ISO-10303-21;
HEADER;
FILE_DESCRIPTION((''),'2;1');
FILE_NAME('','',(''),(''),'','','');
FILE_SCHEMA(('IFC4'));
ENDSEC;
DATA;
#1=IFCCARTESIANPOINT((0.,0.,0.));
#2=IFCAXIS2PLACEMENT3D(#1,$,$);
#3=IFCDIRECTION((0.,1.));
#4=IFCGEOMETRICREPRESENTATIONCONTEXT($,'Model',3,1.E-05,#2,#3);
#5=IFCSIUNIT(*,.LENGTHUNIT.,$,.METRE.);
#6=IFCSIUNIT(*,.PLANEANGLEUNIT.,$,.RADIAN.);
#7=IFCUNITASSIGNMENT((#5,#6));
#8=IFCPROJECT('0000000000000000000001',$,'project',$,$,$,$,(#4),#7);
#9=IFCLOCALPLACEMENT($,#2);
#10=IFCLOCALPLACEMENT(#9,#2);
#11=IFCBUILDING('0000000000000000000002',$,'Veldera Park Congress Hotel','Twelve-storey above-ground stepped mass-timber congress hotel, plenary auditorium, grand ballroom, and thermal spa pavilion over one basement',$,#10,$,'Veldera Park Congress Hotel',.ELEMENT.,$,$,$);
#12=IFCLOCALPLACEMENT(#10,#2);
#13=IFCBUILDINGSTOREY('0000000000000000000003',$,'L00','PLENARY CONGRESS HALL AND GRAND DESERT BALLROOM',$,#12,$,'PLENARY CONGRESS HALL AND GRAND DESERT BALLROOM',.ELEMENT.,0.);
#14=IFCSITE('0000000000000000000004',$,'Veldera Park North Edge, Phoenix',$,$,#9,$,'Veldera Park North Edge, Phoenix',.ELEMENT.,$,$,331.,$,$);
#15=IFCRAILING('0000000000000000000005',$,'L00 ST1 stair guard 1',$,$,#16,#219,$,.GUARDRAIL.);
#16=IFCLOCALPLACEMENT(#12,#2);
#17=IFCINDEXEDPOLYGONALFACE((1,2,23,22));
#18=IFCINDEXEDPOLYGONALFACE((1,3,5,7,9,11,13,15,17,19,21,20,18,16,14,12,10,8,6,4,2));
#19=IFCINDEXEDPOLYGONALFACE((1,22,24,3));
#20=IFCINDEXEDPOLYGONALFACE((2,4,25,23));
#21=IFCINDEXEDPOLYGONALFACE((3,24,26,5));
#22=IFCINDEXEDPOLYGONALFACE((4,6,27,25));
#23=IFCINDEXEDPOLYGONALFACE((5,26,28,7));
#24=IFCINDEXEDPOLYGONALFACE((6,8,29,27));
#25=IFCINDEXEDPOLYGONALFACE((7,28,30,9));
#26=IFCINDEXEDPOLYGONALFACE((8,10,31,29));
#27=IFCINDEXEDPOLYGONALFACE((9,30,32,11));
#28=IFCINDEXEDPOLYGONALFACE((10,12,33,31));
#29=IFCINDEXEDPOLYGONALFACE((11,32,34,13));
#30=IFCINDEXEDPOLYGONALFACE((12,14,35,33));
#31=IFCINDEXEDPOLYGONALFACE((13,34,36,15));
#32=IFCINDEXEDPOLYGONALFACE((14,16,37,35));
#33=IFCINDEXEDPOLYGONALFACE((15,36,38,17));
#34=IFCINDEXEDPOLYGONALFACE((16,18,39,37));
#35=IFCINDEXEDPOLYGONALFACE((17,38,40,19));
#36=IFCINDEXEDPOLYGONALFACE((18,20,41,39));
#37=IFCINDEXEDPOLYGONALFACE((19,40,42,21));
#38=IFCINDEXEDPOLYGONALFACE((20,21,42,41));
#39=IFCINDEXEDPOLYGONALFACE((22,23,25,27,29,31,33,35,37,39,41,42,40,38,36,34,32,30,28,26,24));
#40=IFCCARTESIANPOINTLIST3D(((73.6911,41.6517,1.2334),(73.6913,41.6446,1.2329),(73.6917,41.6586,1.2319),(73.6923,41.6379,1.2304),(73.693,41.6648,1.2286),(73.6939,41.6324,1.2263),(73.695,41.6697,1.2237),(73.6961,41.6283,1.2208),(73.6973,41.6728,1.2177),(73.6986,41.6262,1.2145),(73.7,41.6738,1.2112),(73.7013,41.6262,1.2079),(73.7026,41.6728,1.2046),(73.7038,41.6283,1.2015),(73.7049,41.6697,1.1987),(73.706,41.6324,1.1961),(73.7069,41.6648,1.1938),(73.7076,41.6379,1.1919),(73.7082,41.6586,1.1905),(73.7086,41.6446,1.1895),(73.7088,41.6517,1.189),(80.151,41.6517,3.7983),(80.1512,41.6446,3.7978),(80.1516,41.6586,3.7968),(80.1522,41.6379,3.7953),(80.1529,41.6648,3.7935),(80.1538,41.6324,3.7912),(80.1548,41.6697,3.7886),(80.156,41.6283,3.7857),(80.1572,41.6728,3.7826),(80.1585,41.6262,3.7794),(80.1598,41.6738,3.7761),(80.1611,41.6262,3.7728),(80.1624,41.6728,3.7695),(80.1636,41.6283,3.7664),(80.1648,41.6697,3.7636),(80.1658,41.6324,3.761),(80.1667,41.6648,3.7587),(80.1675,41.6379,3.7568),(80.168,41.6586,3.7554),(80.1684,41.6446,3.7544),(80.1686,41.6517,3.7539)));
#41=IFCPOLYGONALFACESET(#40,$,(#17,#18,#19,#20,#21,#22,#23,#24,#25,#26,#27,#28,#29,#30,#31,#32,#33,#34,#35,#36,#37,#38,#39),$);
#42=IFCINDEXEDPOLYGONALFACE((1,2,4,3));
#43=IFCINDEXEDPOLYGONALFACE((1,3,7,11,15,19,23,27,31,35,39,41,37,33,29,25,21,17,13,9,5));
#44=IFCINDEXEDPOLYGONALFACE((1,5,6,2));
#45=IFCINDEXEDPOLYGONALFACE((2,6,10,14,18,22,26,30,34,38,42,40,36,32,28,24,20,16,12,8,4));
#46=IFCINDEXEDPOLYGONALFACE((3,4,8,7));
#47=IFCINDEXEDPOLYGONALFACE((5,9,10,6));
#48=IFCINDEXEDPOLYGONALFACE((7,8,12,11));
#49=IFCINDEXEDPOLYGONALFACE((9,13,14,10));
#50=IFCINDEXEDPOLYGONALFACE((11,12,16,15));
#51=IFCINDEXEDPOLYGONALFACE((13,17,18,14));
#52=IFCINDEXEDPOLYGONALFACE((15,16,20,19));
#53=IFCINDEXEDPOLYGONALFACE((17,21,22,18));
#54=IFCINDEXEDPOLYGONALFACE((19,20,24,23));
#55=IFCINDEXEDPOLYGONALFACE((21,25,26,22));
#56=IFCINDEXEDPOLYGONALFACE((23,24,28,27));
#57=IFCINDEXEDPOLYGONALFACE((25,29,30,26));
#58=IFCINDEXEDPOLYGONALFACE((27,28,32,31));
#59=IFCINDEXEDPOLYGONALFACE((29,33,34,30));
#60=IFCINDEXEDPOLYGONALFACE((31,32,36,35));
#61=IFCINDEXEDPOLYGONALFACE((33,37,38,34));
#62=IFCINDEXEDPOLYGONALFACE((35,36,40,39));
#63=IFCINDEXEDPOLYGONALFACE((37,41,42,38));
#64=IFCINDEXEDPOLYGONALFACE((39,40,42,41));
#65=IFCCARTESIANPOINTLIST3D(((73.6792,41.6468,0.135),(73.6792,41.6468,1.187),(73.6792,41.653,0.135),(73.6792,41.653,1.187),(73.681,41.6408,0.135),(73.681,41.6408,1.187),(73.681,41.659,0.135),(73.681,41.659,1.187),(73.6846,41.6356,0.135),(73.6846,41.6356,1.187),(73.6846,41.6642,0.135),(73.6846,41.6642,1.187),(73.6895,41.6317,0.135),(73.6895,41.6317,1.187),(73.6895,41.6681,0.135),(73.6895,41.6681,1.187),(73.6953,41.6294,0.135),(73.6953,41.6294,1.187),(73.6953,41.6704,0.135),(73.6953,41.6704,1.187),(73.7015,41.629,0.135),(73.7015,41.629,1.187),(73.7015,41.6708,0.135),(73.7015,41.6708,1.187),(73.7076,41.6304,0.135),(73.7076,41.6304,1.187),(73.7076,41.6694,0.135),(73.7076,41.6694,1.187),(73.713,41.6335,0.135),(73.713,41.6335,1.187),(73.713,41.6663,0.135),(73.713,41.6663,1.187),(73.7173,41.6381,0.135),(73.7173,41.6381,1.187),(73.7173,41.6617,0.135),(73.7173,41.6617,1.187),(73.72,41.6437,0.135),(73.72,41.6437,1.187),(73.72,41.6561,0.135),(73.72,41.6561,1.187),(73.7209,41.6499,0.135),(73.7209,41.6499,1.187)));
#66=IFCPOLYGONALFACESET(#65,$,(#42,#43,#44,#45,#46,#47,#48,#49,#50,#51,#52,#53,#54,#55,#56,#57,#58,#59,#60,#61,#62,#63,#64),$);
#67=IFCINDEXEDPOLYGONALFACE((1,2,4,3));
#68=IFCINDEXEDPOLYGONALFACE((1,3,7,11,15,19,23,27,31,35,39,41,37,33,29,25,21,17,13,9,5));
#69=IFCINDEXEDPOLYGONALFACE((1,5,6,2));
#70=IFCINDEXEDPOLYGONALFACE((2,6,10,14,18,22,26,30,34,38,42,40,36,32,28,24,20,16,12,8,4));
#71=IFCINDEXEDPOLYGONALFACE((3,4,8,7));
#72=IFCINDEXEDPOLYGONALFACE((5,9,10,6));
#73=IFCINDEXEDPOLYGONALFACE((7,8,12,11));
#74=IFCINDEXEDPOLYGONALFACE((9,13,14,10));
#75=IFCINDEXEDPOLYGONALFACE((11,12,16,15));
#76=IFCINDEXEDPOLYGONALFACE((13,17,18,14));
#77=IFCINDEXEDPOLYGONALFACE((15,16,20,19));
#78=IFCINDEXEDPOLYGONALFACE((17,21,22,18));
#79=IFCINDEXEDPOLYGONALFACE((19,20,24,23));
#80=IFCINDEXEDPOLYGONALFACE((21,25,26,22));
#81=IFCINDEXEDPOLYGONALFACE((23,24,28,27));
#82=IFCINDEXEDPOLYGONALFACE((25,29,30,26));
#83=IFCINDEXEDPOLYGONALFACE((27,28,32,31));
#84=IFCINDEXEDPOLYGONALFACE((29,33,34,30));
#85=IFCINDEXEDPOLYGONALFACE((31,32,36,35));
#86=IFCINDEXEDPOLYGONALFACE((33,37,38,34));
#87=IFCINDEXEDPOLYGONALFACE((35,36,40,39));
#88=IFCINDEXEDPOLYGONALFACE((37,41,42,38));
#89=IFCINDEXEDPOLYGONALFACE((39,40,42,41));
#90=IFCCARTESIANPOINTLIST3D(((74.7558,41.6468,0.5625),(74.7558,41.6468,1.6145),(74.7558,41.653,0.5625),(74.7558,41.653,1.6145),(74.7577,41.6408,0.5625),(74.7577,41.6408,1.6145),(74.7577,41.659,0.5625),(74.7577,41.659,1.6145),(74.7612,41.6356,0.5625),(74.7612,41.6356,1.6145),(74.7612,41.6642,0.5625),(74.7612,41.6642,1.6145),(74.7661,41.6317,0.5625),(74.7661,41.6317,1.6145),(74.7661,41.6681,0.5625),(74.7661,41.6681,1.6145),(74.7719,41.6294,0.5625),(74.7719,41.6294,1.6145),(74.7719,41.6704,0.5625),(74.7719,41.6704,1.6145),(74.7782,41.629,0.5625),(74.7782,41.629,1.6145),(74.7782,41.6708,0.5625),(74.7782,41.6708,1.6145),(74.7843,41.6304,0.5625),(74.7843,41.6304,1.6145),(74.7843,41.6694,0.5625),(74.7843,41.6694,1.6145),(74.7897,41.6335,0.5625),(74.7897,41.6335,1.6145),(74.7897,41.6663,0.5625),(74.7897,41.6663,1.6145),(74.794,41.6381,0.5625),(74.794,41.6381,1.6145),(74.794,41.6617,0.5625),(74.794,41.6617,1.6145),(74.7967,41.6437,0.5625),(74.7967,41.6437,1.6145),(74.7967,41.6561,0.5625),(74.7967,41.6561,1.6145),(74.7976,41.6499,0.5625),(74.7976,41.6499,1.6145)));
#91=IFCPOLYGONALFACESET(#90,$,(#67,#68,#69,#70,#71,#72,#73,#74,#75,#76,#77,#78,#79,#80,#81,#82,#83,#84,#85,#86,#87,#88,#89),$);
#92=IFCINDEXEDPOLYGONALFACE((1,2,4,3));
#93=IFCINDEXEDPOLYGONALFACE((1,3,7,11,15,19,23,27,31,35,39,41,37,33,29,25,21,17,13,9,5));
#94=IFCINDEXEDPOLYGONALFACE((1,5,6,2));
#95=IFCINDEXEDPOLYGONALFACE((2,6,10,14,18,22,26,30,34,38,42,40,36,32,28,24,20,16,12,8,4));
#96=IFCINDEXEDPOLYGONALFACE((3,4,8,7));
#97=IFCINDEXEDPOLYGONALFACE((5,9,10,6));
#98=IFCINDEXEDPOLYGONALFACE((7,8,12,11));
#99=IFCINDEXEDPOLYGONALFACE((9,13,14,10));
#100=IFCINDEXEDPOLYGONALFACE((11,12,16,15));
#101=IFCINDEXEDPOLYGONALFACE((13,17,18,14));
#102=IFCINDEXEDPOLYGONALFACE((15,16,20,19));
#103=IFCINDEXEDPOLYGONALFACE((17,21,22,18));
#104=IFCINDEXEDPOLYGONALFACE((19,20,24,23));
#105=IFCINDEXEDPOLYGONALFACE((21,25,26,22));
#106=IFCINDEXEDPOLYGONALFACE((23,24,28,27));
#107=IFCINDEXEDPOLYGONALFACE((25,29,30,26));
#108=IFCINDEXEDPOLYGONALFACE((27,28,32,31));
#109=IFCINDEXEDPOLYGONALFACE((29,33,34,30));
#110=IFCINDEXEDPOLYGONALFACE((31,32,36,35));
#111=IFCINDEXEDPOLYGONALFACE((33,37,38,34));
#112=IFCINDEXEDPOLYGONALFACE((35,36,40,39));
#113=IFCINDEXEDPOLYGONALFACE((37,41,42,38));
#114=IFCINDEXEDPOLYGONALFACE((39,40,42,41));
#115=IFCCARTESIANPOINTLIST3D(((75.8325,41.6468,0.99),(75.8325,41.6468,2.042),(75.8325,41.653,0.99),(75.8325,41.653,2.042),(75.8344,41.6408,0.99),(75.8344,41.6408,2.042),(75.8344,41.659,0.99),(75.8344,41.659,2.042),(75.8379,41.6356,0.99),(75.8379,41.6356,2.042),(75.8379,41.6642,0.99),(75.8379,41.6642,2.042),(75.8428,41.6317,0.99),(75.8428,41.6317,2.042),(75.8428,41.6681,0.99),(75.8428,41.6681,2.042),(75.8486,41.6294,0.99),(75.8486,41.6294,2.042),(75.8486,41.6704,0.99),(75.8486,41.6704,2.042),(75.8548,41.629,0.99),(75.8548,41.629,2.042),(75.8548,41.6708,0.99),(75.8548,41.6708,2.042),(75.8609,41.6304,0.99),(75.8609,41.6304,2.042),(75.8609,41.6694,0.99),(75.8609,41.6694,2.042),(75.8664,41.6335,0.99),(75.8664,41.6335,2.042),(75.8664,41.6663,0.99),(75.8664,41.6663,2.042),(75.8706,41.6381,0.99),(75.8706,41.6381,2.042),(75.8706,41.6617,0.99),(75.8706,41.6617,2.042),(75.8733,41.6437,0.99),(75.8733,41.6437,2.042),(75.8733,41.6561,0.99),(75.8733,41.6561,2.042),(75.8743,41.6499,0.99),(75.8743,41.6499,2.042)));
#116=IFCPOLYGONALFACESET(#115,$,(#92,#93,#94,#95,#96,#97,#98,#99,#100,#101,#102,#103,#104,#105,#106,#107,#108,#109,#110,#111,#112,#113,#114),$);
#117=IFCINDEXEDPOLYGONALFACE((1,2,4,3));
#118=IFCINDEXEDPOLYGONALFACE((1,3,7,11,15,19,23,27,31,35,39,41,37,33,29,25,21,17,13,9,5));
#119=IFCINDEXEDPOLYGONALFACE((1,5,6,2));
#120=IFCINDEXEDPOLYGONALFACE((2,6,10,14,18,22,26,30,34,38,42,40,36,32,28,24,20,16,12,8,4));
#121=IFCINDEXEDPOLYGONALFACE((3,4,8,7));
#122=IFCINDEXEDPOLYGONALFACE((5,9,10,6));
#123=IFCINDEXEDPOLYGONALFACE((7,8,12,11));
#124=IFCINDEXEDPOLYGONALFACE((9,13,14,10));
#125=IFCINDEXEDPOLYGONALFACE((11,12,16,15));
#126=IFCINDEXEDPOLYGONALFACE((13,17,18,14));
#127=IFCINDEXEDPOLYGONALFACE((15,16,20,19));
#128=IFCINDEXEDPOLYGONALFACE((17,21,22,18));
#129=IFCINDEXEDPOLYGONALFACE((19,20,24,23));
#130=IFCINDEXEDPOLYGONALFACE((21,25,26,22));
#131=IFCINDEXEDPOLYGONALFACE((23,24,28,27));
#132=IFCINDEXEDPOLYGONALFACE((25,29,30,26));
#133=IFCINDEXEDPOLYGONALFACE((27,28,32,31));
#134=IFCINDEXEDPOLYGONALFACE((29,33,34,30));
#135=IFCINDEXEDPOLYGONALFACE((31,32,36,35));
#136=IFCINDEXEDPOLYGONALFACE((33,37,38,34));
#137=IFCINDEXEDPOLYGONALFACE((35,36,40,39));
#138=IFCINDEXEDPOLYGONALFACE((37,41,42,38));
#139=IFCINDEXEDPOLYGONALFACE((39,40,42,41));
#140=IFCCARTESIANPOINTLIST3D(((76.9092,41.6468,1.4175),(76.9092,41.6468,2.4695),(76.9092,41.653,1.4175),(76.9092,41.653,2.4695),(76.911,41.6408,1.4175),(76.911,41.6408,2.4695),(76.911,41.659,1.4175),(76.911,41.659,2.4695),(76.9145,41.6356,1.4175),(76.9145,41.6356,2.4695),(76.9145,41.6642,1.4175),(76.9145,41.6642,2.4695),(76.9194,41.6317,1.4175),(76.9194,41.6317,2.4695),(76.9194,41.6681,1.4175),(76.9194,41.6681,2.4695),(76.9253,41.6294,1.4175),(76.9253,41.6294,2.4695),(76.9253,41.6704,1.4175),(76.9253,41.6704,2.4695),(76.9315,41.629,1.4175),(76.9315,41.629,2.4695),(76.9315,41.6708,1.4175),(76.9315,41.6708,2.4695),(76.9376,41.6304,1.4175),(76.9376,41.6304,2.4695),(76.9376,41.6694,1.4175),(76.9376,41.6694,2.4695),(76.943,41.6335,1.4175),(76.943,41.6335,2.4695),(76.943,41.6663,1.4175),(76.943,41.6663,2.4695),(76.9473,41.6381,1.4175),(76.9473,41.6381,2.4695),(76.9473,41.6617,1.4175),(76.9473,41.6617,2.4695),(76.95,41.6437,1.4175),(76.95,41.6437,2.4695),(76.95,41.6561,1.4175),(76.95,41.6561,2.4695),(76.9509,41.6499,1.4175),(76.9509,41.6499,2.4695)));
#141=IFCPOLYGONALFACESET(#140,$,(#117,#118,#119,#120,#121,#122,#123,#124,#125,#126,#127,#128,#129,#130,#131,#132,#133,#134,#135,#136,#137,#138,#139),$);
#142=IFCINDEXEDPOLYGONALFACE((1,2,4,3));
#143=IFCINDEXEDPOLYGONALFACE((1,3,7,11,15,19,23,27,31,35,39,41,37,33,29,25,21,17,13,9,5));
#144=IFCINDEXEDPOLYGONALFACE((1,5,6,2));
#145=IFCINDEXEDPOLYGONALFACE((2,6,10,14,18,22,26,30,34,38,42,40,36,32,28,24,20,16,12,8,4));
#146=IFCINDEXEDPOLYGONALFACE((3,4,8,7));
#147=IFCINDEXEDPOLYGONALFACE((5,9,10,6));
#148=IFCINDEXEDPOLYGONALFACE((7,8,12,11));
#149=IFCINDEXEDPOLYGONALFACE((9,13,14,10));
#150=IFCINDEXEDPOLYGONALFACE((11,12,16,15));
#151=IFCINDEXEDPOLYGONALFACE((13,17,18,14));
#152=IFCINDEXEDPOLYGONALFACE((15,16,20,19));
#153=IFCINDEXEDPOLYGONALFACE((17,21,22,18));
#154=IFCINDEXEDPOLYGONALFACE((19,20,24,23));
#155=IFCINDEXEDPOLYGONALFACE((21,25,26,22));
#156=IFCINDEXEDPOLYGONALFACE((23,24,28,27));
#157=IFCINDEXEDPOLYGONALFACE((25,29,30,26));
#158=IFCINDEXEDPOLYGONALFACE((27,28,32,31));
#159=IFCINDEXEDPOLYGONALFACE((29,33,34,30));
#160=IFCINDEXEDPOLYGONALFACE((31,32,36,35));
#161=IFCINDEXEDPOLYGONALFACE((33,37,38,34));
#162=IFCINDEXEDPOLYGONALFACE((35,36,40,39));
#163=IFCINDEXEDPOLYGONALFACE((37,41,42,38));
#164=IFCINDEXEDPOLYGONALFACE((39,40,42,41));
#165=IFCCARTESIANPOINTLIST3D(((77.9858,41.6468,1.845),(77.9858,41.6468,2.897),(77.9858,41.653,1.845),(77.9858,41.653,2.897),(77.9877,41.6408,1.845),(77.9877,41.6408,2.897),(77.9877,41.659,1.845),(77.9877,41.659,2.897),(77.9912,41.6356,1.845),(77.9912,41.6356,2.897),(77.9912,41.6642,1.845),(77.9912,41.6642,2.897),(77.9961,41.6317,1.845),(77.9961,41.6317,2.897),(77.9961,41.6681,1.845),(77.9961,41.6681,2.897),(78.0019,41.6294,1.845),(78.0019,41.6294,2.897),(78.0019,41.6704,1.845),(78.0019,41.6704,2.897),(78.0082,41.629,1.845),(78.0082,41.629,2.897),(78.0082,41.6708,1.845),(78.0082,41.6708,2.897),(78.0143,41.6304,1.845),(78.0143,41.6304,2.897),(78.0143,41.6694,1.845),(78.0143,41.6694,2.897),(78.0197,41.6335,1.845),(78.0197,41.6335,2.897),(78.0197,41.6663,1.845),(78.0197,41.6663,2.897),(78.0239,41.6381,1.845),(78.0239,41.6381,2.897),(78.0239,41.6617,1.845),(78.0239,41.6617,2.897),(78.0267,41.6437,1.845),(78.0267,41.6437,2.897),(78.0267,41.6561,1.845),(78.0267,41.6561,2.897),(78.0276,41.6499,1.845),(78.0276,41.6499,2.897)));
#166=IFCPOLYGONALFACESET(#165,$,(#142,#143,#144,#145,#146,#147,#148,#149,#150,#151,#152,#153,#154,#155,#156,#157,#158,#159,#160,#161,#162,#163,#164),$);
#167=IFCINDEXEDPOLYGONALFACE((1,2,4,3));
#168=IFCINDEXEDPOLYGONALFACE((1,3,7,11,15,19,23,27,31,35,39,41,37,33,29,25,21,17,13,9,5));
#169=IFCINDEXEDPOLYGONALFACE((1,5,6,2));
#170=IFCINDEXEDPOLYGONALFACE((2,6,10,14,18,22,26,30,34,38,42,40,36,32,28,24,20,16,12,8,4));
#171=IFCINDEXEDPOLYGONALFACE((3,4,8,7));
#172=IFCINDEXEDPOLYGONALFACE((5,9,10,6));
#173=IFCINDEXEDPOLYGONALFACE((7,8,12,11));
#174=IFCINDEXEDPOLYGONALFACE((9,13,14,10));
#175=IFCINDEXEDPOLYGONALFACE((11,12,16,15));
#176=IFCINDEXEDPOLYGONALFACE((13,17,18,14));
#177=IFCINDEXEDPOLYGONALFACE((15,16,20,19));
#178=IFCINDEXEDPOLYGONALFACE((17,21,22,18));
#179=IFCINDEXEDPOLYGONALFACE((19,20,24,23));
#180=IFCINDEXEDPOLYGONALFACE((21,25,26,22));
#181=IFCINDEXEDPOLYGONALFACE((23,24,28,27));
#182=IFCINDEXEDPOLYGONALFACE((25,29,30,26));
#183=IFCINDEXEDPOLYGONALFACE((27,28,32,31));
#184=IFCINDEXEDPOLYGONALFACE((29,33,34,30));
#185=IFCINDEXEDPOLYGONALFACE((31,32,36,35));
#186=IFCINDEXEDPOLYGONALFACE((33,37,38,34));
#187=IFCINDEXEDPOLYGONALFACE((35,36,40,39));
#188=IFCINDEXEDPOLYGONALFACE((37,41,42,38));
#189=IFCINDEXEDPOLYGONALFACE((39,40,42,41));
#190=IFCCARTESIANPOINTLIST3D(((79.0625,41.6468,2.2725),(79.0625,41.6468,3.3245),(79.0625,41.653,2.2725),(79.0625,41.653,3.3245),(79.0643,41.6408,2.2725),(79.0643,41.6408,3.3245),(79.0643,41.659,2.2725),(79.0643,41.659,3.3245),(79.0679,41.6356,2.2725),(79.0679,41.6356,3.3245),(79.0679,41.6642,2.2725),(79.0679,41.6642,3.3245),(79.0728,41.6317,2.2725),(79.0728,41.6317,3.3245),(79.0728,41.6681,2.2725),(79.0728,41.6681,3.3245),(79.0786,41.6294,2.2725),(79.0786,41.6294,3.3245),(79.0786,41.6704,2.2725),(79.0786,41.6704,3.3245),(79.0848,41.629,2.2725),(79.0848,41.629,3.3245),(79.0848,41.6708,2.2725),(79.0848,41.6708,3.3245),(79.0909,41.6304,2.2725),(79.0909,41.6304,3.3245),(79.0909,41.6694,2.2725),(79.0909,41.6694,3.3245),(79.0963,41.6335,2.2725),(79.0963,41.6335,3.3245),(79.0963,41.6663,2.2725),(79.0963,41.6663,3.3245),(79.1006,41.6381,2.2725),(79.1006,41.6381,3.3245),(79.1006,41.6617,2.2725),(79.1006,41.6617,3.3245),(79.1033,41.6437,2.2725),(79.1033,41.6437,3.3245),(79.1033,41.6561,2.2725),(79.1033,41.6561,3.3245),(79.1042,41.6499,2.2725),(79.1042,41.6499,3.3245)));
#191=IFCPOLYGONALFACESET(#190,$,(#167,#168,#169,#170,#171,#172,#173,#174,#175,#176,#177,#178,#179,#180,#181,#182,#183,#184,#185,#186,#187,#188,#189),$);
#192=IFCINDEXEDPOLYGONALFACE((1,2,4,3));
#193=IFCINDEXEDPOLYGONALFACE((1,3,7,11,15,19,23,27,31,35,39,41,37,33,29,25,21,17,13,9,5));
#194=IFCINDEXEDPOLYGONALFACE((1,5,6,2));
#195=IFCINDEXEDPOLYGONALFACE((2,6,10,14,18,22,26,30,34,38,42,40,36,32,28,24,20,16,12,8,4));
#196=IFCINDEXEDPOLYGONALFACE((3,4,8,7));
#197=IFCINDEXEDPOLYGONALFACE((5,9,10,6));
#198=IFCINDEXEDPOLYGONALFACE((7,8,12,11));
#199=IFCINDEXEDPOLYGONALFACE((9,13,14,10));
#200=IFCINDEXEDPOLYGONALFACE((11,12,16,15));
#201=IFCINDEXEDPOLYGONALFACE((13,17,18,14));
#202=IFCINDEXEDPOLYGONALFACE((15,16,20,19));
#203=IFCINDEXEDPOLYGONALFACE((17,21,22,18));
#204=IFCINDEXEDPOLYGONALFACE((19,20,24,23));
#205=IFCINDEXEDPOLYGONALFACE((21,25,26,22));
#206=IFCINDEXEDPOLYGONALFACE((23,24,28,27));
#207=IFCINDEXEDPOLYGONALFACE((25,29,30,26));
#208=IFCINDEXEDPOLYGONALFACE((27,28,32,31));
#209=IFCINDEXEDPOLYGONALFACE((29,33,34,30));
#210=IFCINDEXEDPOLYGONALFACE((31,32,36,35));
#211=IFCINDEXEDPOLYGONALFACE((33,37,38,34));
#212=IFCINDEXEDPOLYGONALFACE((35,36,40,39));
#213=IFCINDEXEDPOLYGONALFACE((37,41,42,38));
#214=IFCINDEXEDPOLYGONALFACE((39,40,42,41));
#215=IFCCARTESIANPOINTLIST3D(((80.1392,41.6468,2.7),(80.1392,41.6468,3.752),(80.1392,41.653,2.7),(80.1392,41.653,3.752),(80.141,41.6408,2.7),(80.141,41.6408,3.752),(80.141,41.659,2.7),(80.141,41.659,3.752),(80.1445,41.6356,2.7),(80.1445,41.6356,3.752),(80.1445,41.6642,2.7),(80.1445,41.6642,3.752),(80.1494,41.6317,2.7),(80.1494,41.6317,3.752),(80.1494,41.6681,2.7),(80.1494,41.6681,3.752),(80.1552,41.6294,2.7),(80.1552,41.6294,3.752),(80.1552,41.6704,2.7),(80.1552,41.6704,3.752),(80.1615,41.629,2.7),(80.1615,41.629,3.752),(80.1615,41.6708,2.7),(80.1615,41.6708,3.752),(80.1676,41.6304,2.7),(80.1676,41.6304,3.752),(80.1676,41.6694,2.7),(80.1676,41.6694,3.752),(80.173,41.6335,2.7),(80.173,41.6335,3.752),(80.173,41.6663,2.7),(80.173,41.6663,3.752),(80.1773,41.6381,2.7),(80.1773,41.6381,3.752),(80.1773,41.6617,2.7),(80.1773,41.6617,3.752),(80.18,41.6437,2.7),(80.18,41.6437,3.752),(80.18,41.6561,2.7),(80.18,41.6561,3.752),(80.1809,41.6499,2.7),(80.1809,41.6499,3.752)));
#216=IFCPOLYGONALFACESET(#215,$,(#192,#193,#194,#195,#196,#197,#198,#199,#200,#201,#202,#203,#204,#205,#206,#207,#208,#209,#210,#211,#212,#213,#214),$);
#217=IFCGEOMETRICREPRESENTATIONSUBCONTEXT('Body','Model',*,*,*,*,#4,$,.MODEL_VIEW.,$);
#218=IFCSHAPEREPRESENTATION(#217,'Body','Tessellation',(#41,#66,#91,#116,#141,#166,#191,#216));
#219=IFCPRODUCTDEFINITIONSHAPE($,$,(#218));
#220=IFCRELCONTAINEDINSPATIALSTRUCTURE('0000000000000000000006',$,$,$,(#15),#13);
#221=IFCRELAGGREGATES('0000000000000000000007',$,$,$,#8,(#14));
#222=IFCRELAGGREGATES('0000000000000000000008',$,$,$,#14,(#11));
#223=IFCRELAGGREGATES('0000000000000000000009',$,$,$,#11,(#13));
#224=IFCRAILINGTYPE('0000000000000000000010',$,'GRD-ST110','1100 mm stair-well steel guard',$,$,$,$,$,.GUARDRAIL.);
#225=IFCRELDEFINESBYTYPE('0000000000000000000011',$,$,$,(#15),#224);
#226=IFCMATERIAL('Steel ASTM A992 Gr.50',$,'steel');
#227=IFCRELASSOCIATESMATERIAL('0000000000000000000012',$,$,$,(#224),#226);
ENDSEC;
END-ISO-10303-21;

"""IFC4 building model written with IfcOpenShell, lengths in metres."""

from ifc_helpers import new_model, si_unit, direction, frame, origin, origin_2d, place, context, subcontext, project, spatial, circle, extrude, material, type_object, element, save


model = new_model("IFC4")

# Units and contexts
model_context = context("Model", 3, precision=1e-05, world=origin(), true_north=direction((0.0, 1.0)))
body_context = subcontext(model_context, "Body", "Model", "MODEL_VIEW")
ifc_project = project(units=[si_unit("LENGTHUNIT", "METRE"), si_unit("PLANEANGLEUNIT", "RADIAN")], contexts=[model_context])

# Site, building, storey
site_placement = place(None, origin())
site = spatial("IfcSite", under=ifc_project, at=site_placement, Name="Veldera Park North Edge, Phoenix", LongName="Veldera Park North Edge, Phoenix", CompositionType="ELEMENT", RefElevation=331.0)
building_placement = place(site_placement, origin())
building = spatial("IfcBuilding", under=site, at=building_placement, Name="Veldera Park Congress Hotel", Description="Twelve-storey above-ground stepped mass-timber congress hotel, plenary auditorium, grand ballroom, and thermal spa pavilion over one basement", LongName="Veldera Park Congress Hotel", CompositionType="ELEMENT")
storey_placement = place(building_placement, origin())
storey = spatial("IfcBuildingStorey", under=building, at=storey_placement, Name="L00", Description="PLENARY CONGRESS HALL AND GRAND DESERT BALLROOM", LongName="PLENARY CONGRESS HALL AND GRAND DESERT BALLROOM", CompositionType="ELEMENT", Elevation=0.0)

# Railing
ifc_material_1 = material(Name="Steel ASTM A992 Gr.50", Category="steel")
railing_type_1 = type_object("IfcRailingType", Name="GRD-ST110", Description="1100 mm stair-well steel guard", PredefinedType="GUARDRAIL", material=ifc_material_1)
railing_1_placement = place(storey_placement, frame((73.7, 41.6499, 0.135)))
element("IfcRailing", 1, at=railing_1_placement, inside=storey, type_object=railing_type_1, Name="L00 ST1 stair guard 1", PredefinedType="GUARDRAIL", context=body_context, shape_type="SweptSolid", body=[
    extrude(circle(Radius=0.0239, at=origin_2d()), frame((0.0, 0.0, 1.0762), z_axis=(0.929418, 0.0, 0.369028), x_axis=(0.0, 1.0, 0.0)), (0.0, 0.0, 1.0), 6.9504),
    extrude(circle(Radius=0.021, at=origin_2d()), origin(), (0.0, 0.0, 1.0), 1.052),
    extrude(circle(Radius=0.021, at=origin_2d()), frame((1.0767, 0.0, 0.4275)), (0.0, 0.0, 1.0), 1.052),
    extrude(circle(Radius=0.021, at=origin_2d()), frame((2.1533, 0.0, 0.855)), (0.0, 0.0, 1.0), 1.052),
    extrude(circle(Radius=0.021, at=origin_2d()), frame((3.23, 0.0, 1.2825)), (0.0, 0.0, 1.0), 1.052),
    extrude(circle(Radius=0.021, at=origin_2d()), frame((4.3066, 0.0, 1.71)), (0.0, 0.0, 1.0), 1.052),
    extrude(circle(Radius=0.021, at=origin_2d()), frame((5.3833, 0.0, 2.1375)), (0.0, 0.0, 1.0), 1.052),
    extrude(circle(Radius=0.021, at=origin_2d()), frame((6.46, 0.0, 2.5649)), (0.0, 0.0, 1.0), 1.052),
])

save(model, "model.ifc")
